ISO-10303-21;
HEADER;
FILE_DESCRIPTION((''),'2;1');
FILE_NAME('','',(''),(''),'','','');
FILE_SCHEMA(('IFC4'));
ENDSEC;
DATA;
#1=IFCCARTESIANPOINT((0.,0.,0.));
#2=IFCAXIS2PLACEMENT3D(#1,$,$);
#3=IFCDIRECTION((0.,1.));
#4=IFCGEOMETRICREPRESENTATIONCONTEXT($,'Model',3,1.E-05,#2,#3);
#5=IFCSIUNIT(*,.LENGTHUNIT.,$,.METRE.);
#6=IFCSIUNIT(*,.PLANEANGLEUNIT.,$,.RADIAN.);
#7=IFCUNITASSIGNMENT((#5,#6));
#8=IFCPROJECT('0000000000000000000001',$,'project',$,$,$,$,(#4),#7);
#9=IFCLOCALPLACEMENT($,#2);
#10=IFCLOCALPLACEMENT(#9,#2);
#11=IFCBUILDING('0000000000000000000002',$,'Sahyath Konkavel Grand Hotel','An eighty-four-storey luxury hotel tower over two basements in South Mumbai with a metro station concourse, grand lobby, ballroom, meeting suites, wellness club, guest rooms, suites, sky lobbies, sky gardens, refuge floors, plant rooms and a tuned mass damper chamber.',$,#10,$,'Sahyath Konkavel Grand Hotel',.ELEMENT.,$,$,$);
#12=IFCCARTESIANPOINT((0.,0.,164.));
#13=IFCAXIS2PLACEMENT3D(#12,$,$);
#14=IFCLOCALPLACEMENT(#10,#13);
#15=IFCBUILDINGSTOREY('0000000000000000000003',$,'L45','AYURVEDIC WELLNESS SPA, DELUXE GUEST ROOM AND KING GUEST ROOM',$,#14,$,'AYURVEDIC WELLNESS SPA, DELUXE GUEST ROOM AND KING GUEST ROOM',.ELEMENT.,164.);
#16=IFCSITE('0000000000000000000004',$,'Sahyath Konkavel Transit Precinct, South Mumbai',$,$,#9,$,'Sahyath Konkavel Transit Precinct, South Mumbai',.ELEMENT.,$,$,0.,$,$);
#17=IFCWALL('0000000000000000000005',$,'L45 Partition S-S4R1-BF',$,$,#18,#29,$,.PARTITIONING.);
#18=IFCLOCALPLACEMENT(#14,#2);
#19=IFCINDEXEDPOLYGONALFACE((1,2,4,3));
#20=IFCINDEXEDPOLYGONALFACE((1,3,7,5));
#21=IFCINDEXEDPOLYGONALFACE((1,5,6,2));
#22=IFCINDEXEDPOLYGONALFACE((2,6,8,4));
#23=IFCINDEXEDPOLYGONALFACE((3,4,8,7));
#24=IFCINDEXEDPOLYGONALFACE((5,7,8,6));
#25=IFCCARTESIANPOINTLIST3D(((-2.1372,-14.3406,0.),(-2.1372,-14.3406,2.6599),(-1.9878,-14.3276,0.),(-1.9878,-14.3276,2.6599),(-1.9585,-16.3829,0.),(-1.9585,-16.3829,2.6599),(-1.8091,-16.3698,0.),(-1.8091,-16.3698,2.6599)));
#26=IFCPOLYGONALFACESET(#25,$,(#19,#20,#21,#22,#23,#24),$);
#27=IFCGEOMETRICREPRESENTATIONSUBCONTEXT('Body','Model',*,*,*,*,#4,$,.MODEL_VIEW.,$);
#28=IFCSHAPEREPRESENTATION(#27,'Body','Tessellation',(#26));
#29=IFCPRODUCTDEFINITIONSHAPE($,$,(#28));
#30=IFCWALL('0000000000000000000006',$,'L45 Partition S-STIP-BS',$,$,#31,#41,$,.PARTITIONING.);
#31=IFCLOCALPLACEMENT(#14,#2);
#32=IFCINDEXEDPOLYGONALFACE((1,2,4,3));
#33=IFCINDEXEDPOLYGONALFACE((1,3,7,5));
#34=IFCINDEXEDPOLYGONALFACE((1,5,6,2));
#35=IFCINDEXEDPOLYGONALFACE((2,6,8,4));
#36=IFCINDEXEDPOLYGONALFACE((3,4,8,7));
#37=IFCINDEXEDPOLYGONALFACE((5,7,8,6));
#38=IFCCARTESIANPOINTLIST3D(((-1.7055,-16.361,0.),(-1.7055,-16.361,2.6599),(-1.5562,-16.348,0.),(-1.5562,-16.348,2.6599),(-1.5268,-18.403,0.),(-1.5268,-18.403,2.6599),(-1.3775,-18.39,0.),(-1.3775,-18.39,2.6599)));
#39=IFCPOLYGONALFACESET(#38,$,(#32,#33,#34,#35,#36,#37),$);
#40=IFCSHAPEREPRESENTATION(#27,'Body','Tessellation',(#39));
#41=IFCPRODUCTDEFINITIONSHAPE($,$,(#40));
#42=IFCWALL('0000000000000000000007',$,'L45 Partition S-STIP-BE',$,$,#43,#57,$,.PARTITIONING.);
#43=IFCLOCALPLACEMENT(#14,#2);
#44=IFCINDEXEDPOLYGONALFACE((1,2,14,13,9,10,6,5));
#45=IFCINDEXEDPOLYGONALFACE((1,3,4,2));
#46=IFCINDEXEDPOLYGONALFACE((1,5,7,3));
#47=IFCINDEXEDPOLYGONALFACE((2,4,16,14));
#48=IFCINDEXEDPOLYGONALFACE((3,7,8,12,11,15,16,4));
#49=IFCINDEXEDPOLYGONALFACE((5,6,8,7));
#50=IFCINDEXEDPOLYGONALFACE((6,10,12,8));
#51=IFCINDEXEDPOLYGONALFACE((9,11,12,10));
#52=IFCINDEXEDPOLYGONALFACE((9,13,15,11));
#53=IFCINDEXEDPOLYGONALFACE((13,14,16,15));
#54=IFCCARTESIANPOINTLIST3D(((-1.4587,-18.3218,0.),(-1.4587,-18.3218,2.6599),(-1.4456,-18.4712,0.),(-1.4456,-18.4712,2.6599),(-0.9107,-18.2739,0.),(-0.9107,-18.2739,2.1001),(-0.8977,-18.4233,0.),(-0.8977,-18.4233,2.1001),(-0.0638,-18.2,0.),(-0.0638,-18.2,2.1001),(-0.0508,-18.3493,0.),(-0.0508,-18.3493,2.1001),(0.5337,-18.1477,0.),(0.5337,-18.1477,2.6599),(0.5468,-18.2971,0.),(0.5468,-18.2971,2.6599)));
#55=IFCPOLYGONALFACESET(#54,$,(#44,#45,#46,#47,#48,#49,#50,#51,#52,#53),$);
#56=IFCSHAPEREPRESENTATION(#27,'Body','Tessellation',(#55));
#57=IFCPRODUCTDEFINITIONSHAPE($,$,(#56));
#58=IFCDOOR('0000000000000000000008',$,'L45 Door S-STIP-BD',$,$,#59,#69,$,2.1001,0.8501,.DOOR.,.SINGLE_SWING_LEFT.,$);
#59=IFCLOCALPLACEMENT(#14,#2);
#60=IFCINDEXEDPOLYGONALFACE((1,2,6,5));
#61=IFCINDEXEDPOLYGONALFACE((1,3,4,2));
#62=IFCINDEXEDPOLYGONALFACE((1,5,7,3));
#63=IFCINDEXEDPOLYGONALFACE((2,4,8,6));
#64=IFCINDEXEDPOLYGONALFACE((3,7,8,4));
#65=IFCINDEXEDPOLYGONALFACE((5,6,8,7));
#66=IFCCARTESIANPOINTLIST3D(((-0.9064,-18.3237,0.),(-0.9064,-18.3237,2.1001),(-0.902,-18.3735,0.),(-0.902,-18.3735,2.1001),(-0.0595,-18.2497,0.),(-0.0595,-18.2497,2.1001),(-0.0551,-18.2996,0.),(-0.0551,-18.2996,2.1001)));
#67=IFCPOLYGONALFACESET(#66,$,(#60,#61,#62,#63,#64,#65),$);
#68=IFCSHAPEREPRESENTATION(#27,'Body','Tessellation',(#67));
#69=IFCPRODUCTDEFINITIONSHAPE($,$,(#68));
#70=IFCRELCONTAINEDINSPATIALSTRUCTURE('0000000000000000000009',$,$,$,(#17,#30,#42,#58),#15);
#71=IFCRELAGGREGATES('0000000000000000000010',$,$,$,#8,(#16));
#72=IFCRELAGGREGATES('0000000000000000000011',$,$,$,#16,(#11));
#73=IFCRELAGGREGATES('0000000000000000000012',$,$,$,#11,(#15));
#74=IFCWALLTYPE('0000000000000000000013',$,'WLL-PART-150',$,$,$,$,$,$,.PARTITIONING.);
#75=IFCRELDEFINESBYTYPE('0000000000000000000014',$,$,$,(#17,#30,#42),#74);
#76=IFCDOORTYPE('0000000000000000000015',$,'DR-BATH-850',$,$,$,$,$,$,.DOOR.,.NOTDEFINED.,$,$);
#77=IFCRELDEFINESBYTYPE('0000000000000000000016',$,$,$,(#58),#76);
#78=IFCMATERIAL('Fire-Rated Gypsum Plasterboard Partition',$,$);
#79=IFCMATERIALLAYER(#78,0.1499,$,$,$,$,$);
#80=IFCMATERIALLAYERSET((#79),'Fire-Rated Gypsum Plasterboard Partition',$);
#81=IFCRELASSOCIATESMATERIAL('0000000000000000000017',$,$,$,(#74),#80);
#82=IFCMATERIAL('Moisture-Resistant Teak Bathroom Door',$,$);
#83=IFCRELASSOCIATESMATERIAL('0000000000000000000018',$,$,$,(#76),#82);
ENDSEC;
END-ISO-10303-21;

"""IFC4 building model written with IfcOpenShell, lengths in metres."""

from ifc_helpers import new_model, si_unit, direction, frame, frame_2d, origin, origin_2d, place, context, subcontext, project, spatial, rectangle, extrude, source, transform, mapped, material, layer, layer_set, type_object, element, fill, save


model = new_model("IFC4")

# Units and contexts
model_context = context("Model", 3, precision=1e-05, world=origin(), true_north=direction((0.0, 1.0)))
body_context = subcontext(model_context, "Body", "Model", "MODEL_VIEW")
ifc_project = project(units=[si_unit("LENGTHUNIT", "METRE"), si_unit("PLANEANGLEUNIT", "RADIAN")], contexts=[model_context])

# Site, building, storey
site_placement = place(None, origin())
site = spatial("IfcSite", under=ifc_project, at=site_placement, Name="Sahyath Konkavel Transit Precinct, South Mumbai", LongName="Sahyath Konkavel Transit Precinct, South Mumbai", CompositionType="ELEMENT", RefElevation=0.0)
building_placement = place(site_placement, origin())
building = spatial("IfcBuilding", under=site, at=building_placement, Name="Sahyath Konkavel Grand Hotel", Description="An eighty-four-storey luxury hotel tower over two basements in South Mumbai with a metro station concourse, grand lobby, ballroom, meeting suites, wellness club, guest rooms, suites, sky lobbies, sky gardens, refuge floors, plant rooms and a tuned mass damper chamber.", LongName="Sahyath Konkavel Grand Hotel", CompositionType="ELEMENT")
storey_placement = place(building_placement, frame((0.0, 0.0, 164.0)))
storey = spatial("IfcBuildingStorey", under=building, at=storey_placement, Name="L45", Description="AYURVEDIC WELLNESS SPA, DELUXE GUEST ROOM AND KING GUEST ROOM", LongName="AYURVEDIC WELLNESS SPA, DELUXE GUEST ROOM AND KING GUEST ROOM", CompositionType="ELEMENT", Elevation=164.0)

# Shared definitions
shared_shape_1 = source(origin(), body_context, "Body", "SweptSolid", [
    extrude(rectangle(XDim=0.8501, YDim=0.05, at=origin_2d()), origin(), (0.0, 0.0, 1.0), 2.1001),
])

# Walls
ifc_material_1 = material(Name="Fire-Rated Gypsum Plasterboard Partition")
ifc_layer_1 = layer(ifc_material_1, 0.1499)
ifc_layer_set_1 = layer_set([ifc_layer_1], Name="Fire-Rated Gypsum Plasterboard Partition")
wall_type_1 = type_object("IfcWallType", Name="WLL-PART-150", PredefinedType="PARTITIONING", material=ifc_layer_set_1)
wall_1_placement = place(storey_placement, frame((-2.0625, -14.3342, 0.0), z_axis=(0.0, 0.0, 1.0), x_axis=(0.087174, -0.996193, 0.0)))
element("IfcWall", 1, at=wall_1_placement, inside=storey, type_object=wall_type_1, Name="L45 Partition S-S4R1-BF", PredefinedType="PARTITIONING", context=body_context, shape_type="SweptSolid", body=[
    extrude(rectangle(XDim=2.05, YDim=0.1499, at=frame_2d((1.0249, 0.0))), origin(), (0.0, 0.0, 1.0), 2.6599),
])
wall_2_placement = place(storey_placement, frame((-1.6309, -16.3545, 0.0), z_axis=(0.0, 0.0, 1.0), x_axis=(0.087185, -0.996192, 0.0)))
element("IfcWall", 2, at=wall_2_placement, inside=storey, type_object=wall_type_1, Name="L45 Partition S-STIP-BS", PredefinedType="PARTITIONING", context=body_context, shape_type="SweptSolid", body=[
    extrude(rectangle(XDim=2.0498, YDim=0.1499, at=frame_2d((1.0249, 0.0))), origin(), (0.0, 0.0, 1.0), 2.6599),
])

# Wall, opening, door
wall_3_placement = place(storey_placement, frame((-1.4521, -18.3965, 0.0), z_axis=(0.0, 0.0, 1.0), x_axis=(0.996205, 0.087035, 0.0)))
wall_3 = element("IfcWall", 3, at=wall_3_placement, inside=storey, type_object=wall_type_1, Name="L45 Partition S-STIP-BE", PredefinedType="PARTITIONING", context=body_context, shape_type="SweptSolid", body=[
    extrude(rectangle(XDim=2.0, YDim=0.1499, at=frame_2d((1.0, 0.0))), origin(), (0.0, 0.0, 1.0), 2.6599),
])
opening_1_placement = place(wall_3_placement, frame((0.55, 0.0, 0.0)))
opening_1 = element("IfcOpeningElement", 4, at=opening_1_placement, cuts=wall_3, PredefinedType="OPENING", context=body_context, shape_type="SweptSolid", body=[
    extrude(rectangle(XDim=0.8501, YDim=2.1001, at=frame_2d((0.425, 1.05))), frame((0.0, 0.085, 0.0), z_axis=(0.0, -1.0, 0.0), x_axis=(1.0, 0.0, 0.0)), (0.0, 0.0, 1.0), 0.1699),
])
ifc_material_2 = material(Name="Moisture-Resistant Teak Bathroom Door")
door_type_1 = type_object("IfcDoorType", Name="DR-BATH-850", OperationType="NOTDEFINED", PredefinedType="DOOR", material=ifc_material_2)
door_1_placement = place(opening_1_placement, frame((0.425, 0.0, 0.0)))
door_1 = element("IfcDoor", 5, at=door_1_placement, inside=storey, type_object=door_type_1, Name="L45 Door S-STIP-BD", OperationType="SINGLE_SWING_LEFT", OverallHeight=2.1001, OverallWidth=0.8501, PredefinedType="DOOR", context=body_context, shape_type="MappedRepresentation", body=[
    mapped(shared_shape_1, transform((0.0, 0.0, 0.0), scale=1.0)),
])
fill(opening_1, door_1)

save(model, "model.ifc")
